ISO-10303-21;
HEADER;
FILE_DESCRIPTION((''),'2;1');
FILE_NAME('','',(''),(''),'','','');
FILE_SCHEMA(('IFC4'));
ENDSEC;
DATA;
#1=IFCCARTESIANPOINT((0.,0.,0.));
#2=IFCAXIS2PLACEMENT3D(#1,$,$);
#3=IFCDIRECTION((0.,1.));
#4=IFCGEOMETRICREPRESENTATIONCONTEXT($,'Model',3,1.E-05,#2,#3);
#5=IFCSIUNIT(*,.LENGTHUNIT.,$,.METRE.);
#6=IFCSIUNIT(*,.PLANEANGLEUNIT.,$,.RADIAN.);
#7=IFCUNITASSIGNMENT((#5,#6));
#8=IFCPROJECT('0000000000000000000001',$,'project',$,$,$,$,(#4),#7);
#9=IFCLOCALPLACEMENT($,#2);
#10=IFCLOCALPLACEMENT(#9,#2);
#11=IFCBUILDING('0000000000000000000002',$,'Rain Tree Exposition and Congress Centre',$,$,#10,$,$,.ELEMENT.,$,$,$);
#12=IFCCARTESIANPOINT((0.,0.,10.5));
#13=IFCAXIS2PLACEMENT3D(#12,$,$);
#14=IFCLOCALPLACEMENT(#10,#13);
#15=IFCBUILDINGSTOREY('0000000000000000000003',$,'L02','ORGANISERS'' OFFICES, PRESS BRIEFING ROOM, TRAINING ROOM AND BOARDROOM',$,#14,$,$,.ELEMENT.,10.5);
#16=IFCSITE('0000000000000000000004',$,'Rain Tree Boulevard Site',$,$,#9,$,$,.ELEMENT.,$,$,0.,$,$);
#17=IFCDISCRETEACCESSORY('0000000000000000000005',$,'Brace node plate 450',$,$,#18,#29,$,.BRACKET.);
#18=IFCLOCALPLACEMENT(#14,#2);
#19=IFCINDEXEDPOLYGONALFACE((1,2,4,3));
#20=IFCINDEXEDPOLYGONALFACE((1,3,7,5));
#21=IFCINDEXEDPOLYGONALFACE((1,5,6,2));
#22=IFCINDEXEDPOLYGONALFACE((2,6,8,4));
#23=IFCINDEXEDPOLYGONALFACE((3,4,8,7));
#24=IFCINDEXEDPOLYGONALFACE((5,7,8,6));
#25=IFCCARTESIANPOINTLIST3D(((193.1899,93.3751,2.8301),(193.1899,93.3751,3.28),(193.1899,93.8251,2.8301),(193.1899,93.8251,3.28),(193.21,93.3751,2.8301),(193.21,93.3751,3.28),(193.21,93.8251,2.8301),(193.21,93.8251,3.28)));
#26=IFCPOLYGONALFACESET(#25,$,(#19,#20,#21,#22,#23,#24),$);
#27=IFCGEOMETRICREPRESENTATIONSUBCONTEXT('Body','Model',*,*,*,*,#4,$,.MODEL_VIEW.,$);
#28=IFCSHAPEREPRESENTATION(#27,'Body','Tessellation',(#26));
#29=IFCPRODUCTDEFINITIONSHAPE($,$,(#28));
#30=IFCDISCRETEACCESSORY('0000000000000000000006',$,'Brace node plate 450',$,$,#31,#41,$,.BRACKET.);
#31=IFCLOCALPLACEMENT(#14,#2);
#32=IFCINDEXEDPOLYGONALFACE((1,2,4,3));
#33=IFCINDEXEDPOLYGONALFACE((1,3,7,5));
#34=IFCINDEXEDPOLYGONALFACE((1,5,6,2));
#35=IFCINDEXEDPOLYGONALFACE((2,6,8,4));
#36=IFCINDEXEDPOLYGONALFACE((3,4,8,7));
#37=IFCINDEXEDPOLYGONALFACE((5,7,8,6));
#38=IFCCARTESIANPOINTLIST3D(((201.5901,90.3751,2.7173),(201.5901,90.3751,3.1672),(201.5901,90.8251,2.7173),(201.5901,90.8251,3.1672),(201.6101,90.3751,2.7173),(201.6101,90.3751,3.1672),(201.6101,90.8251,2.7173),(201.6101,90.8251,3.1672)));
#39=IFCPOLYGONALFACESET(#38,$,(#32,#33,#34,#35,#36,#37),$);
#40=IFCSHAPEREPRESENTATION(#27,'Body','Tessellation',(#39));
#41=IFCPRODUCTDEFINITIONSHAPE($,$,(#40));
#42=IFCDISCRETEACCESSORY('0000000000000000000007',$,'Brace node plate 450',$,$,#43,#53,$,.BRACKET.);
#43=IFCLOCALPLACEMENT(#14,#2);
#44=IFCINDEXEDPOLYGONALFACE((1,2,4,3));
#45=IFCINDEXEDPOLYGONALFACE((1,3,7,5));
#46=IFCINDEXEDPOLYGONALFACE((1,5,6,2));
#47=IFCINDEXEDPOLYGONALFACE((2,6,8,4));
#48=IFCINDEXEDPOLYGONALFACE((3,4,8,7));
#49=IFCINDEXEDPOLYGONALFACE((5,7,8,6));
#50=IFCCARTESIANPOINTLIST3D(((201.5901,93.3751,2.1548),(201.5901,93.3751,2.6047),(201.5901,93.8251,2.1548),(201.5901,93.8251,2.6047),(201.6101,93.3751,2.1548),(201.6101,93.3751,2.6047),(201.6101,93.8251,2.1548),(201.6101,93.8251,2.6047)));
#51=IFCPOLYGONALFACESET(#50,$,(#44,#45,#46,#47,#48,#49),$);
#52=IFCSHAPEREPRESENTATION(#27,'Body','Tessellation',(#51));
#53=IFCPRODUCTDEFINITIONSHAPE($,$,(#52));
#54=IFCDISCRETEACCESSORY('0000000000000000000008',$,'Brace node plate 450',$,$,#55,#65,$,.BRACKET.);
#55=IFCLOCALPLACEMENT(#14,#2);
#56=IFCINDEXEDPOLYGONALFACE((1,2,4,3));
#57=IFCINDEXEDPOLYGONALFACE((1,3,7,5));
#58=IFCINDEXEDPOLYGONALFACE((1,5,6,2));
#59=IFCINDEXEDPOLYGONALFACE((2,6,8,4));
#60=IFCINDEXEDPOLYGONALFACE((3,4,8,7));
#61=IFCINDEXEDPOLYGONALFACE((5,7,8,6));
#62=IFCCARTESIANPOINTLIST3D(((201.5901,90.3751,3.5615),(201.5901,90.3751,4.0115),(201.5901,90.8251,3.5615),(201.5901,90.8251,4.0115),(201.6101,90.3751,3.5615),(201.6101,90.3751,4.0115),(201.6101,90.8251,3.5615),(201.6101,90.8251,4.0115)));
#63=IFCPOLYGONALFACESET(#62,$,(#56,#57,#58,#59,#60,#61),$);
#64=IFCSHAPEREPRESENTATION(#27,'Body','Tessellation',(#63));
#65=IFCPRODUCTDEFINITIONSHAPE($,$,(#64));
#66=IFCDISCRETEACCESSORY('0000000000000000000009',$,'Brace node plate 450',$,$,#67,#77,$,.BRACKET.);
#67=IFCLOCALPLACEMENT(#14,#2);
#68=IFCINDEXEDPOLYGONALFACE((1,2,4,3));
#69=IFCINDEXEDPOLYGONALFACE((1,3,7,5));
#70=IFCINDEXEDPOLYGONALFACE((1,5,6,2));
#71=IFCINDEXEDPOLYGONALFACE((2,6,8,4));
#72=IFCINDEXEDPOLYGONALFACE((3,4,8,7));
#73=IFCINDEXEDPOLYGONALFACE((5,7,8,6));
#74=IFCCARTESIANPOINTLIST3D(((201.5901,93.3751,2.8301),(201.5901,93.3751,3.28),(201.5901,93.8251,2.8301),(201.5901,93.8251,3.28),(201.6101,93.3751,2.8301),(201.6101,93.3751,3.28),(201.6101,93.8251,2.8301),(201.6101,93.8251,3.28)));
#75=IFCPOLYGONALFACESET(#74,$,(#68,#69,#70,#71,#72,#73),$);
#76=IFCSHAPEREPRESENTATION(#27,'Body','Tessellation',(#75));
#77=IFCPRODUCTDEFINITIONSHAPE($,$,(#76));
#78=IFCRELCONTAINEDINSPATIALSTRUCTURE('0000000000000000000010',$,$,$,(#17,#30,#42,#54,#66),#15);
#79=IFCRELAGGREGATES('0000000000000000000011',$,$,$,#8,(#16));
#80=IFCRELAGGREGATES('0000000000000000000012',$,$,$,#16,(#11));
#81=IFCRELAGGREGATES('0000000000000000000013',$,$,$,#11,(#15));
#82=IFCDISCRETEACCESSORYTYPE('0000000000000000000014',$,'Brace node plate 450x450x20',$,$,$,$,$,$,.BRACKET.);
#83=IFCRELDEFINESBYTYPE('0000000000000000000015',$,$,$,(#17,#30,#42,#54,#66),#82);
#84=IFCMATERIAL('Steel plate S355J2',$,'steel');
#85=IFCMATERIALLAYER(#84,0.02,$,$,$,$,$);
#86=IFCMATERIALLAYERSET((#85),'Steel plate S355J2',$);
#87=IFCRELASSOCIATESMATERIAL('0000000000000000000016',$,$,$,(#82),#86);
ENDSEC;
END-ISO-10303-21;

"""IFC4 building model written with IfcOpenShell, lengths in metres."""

from ifc_helpers import new_model, si_unit, direction, frame, origin, origin_2d, place, context, subcontext, project, spatial, rectangle, extrude, material, layer, layer_set, type_object, element, save


model = new_model("IFC4")

# Units and contexts
model_context = context("Model", 3, precision=1e-05, world=origin(), true_north=direction((0.0, 1.0)))
body_context = subcontext(model_context, "Body", "Model", "MODEL_VIEW")
ifc_project = project(units=[si_unit("LENGTHUNIT", "METRE"), si_unit("PLANEANGLEUNIT", "RADIAN")], contexts=[model_context])

# Site, building, storey
site_placement = place(None, origin())
site = spatial("IfcSite", under=ifc_project, at=site_placement, Name="Rain Tree Boulevard Site", CompositionType="ELEMENT", RefElevation=0.0)
building_placement = place(site_placement, origin())
building = spatial("IfcBuilding", under=site, at=building_placement, Name="Rain Tree Exposition and Congress Centre", CompositionType="ELEMENT")
storey_placement = place(building_placement, frame((0.0, 0.0, 10.5)))
storey = spatial("IfcBuildingStorey", under=building, at=storey_placement, Name="L02", Description="ORGANISERS' OFFICES, PRESS BRIEFING ROOM, TRAINING ROOM AND BOARDROOM", CompositionType="ELEMENT", Elevation=10.5)

# Discrete accessories
ifc_material_1 = material(Name="Steel plate S355J2", Category="steel")
ifc_layer = layer(ifc_material_1, 0.02)
ifc_layer_set = layer_set([ifc_layer], Name="Steel plate S355J2")
discrete_accessory_type = type_object("IfcDiscreteAccessoryType", Name="Brace node plate 450x450x20", PredefinedType="BRACKET", material=ifc_layer_set)
for number, where, z_axis, x_axis, name in (
    (1, (193.2, 93.6001, 2.8301), (0.0, 0.0, 1.0), (0.0, 1.0, 0.0), "Brace node plate 450"),
    (2, (201.6001, 90.6001, 2.7173), (0.0, 0.0, 1.0), (0.0, -1.0, 0.0), "Brace node plate 450"),
    (3, (201.6001, 93.6001, 2.1548), (0.0, 0.0, 1.0), (0.0, -1.0, 0.0), "Brace node plate 450"),
    (4, (201.6001, 90.6001, 3.5615), (0.0, 0.0, 1.0), (0.0, 1.0, 0.0), "Brace node plate 450"),
    (5, (201.6001, 93.6001, 2.8301), (0.0, 0.0, 1.0), (0.0, 1.0, 0.0), "Brace node plate 450"),
):
    element("IfcDiscreteAccessory", number, at=place(storey_placement, frame(where, z_axis=z_axis, x_axis=x_axis)), inside=storey, type_object=discrete_accessory_type, Name=name, PredefinedType="BRACKET", context=body_context, shape_type="SweptSolid", body=[
        extrude(rectangle(XDim=0.45, YDim=0.02, at=origin_2d()), origin(), (0.0, 0.0, 1.0), 0.45),
    ])

save(model, "model.ifc")
